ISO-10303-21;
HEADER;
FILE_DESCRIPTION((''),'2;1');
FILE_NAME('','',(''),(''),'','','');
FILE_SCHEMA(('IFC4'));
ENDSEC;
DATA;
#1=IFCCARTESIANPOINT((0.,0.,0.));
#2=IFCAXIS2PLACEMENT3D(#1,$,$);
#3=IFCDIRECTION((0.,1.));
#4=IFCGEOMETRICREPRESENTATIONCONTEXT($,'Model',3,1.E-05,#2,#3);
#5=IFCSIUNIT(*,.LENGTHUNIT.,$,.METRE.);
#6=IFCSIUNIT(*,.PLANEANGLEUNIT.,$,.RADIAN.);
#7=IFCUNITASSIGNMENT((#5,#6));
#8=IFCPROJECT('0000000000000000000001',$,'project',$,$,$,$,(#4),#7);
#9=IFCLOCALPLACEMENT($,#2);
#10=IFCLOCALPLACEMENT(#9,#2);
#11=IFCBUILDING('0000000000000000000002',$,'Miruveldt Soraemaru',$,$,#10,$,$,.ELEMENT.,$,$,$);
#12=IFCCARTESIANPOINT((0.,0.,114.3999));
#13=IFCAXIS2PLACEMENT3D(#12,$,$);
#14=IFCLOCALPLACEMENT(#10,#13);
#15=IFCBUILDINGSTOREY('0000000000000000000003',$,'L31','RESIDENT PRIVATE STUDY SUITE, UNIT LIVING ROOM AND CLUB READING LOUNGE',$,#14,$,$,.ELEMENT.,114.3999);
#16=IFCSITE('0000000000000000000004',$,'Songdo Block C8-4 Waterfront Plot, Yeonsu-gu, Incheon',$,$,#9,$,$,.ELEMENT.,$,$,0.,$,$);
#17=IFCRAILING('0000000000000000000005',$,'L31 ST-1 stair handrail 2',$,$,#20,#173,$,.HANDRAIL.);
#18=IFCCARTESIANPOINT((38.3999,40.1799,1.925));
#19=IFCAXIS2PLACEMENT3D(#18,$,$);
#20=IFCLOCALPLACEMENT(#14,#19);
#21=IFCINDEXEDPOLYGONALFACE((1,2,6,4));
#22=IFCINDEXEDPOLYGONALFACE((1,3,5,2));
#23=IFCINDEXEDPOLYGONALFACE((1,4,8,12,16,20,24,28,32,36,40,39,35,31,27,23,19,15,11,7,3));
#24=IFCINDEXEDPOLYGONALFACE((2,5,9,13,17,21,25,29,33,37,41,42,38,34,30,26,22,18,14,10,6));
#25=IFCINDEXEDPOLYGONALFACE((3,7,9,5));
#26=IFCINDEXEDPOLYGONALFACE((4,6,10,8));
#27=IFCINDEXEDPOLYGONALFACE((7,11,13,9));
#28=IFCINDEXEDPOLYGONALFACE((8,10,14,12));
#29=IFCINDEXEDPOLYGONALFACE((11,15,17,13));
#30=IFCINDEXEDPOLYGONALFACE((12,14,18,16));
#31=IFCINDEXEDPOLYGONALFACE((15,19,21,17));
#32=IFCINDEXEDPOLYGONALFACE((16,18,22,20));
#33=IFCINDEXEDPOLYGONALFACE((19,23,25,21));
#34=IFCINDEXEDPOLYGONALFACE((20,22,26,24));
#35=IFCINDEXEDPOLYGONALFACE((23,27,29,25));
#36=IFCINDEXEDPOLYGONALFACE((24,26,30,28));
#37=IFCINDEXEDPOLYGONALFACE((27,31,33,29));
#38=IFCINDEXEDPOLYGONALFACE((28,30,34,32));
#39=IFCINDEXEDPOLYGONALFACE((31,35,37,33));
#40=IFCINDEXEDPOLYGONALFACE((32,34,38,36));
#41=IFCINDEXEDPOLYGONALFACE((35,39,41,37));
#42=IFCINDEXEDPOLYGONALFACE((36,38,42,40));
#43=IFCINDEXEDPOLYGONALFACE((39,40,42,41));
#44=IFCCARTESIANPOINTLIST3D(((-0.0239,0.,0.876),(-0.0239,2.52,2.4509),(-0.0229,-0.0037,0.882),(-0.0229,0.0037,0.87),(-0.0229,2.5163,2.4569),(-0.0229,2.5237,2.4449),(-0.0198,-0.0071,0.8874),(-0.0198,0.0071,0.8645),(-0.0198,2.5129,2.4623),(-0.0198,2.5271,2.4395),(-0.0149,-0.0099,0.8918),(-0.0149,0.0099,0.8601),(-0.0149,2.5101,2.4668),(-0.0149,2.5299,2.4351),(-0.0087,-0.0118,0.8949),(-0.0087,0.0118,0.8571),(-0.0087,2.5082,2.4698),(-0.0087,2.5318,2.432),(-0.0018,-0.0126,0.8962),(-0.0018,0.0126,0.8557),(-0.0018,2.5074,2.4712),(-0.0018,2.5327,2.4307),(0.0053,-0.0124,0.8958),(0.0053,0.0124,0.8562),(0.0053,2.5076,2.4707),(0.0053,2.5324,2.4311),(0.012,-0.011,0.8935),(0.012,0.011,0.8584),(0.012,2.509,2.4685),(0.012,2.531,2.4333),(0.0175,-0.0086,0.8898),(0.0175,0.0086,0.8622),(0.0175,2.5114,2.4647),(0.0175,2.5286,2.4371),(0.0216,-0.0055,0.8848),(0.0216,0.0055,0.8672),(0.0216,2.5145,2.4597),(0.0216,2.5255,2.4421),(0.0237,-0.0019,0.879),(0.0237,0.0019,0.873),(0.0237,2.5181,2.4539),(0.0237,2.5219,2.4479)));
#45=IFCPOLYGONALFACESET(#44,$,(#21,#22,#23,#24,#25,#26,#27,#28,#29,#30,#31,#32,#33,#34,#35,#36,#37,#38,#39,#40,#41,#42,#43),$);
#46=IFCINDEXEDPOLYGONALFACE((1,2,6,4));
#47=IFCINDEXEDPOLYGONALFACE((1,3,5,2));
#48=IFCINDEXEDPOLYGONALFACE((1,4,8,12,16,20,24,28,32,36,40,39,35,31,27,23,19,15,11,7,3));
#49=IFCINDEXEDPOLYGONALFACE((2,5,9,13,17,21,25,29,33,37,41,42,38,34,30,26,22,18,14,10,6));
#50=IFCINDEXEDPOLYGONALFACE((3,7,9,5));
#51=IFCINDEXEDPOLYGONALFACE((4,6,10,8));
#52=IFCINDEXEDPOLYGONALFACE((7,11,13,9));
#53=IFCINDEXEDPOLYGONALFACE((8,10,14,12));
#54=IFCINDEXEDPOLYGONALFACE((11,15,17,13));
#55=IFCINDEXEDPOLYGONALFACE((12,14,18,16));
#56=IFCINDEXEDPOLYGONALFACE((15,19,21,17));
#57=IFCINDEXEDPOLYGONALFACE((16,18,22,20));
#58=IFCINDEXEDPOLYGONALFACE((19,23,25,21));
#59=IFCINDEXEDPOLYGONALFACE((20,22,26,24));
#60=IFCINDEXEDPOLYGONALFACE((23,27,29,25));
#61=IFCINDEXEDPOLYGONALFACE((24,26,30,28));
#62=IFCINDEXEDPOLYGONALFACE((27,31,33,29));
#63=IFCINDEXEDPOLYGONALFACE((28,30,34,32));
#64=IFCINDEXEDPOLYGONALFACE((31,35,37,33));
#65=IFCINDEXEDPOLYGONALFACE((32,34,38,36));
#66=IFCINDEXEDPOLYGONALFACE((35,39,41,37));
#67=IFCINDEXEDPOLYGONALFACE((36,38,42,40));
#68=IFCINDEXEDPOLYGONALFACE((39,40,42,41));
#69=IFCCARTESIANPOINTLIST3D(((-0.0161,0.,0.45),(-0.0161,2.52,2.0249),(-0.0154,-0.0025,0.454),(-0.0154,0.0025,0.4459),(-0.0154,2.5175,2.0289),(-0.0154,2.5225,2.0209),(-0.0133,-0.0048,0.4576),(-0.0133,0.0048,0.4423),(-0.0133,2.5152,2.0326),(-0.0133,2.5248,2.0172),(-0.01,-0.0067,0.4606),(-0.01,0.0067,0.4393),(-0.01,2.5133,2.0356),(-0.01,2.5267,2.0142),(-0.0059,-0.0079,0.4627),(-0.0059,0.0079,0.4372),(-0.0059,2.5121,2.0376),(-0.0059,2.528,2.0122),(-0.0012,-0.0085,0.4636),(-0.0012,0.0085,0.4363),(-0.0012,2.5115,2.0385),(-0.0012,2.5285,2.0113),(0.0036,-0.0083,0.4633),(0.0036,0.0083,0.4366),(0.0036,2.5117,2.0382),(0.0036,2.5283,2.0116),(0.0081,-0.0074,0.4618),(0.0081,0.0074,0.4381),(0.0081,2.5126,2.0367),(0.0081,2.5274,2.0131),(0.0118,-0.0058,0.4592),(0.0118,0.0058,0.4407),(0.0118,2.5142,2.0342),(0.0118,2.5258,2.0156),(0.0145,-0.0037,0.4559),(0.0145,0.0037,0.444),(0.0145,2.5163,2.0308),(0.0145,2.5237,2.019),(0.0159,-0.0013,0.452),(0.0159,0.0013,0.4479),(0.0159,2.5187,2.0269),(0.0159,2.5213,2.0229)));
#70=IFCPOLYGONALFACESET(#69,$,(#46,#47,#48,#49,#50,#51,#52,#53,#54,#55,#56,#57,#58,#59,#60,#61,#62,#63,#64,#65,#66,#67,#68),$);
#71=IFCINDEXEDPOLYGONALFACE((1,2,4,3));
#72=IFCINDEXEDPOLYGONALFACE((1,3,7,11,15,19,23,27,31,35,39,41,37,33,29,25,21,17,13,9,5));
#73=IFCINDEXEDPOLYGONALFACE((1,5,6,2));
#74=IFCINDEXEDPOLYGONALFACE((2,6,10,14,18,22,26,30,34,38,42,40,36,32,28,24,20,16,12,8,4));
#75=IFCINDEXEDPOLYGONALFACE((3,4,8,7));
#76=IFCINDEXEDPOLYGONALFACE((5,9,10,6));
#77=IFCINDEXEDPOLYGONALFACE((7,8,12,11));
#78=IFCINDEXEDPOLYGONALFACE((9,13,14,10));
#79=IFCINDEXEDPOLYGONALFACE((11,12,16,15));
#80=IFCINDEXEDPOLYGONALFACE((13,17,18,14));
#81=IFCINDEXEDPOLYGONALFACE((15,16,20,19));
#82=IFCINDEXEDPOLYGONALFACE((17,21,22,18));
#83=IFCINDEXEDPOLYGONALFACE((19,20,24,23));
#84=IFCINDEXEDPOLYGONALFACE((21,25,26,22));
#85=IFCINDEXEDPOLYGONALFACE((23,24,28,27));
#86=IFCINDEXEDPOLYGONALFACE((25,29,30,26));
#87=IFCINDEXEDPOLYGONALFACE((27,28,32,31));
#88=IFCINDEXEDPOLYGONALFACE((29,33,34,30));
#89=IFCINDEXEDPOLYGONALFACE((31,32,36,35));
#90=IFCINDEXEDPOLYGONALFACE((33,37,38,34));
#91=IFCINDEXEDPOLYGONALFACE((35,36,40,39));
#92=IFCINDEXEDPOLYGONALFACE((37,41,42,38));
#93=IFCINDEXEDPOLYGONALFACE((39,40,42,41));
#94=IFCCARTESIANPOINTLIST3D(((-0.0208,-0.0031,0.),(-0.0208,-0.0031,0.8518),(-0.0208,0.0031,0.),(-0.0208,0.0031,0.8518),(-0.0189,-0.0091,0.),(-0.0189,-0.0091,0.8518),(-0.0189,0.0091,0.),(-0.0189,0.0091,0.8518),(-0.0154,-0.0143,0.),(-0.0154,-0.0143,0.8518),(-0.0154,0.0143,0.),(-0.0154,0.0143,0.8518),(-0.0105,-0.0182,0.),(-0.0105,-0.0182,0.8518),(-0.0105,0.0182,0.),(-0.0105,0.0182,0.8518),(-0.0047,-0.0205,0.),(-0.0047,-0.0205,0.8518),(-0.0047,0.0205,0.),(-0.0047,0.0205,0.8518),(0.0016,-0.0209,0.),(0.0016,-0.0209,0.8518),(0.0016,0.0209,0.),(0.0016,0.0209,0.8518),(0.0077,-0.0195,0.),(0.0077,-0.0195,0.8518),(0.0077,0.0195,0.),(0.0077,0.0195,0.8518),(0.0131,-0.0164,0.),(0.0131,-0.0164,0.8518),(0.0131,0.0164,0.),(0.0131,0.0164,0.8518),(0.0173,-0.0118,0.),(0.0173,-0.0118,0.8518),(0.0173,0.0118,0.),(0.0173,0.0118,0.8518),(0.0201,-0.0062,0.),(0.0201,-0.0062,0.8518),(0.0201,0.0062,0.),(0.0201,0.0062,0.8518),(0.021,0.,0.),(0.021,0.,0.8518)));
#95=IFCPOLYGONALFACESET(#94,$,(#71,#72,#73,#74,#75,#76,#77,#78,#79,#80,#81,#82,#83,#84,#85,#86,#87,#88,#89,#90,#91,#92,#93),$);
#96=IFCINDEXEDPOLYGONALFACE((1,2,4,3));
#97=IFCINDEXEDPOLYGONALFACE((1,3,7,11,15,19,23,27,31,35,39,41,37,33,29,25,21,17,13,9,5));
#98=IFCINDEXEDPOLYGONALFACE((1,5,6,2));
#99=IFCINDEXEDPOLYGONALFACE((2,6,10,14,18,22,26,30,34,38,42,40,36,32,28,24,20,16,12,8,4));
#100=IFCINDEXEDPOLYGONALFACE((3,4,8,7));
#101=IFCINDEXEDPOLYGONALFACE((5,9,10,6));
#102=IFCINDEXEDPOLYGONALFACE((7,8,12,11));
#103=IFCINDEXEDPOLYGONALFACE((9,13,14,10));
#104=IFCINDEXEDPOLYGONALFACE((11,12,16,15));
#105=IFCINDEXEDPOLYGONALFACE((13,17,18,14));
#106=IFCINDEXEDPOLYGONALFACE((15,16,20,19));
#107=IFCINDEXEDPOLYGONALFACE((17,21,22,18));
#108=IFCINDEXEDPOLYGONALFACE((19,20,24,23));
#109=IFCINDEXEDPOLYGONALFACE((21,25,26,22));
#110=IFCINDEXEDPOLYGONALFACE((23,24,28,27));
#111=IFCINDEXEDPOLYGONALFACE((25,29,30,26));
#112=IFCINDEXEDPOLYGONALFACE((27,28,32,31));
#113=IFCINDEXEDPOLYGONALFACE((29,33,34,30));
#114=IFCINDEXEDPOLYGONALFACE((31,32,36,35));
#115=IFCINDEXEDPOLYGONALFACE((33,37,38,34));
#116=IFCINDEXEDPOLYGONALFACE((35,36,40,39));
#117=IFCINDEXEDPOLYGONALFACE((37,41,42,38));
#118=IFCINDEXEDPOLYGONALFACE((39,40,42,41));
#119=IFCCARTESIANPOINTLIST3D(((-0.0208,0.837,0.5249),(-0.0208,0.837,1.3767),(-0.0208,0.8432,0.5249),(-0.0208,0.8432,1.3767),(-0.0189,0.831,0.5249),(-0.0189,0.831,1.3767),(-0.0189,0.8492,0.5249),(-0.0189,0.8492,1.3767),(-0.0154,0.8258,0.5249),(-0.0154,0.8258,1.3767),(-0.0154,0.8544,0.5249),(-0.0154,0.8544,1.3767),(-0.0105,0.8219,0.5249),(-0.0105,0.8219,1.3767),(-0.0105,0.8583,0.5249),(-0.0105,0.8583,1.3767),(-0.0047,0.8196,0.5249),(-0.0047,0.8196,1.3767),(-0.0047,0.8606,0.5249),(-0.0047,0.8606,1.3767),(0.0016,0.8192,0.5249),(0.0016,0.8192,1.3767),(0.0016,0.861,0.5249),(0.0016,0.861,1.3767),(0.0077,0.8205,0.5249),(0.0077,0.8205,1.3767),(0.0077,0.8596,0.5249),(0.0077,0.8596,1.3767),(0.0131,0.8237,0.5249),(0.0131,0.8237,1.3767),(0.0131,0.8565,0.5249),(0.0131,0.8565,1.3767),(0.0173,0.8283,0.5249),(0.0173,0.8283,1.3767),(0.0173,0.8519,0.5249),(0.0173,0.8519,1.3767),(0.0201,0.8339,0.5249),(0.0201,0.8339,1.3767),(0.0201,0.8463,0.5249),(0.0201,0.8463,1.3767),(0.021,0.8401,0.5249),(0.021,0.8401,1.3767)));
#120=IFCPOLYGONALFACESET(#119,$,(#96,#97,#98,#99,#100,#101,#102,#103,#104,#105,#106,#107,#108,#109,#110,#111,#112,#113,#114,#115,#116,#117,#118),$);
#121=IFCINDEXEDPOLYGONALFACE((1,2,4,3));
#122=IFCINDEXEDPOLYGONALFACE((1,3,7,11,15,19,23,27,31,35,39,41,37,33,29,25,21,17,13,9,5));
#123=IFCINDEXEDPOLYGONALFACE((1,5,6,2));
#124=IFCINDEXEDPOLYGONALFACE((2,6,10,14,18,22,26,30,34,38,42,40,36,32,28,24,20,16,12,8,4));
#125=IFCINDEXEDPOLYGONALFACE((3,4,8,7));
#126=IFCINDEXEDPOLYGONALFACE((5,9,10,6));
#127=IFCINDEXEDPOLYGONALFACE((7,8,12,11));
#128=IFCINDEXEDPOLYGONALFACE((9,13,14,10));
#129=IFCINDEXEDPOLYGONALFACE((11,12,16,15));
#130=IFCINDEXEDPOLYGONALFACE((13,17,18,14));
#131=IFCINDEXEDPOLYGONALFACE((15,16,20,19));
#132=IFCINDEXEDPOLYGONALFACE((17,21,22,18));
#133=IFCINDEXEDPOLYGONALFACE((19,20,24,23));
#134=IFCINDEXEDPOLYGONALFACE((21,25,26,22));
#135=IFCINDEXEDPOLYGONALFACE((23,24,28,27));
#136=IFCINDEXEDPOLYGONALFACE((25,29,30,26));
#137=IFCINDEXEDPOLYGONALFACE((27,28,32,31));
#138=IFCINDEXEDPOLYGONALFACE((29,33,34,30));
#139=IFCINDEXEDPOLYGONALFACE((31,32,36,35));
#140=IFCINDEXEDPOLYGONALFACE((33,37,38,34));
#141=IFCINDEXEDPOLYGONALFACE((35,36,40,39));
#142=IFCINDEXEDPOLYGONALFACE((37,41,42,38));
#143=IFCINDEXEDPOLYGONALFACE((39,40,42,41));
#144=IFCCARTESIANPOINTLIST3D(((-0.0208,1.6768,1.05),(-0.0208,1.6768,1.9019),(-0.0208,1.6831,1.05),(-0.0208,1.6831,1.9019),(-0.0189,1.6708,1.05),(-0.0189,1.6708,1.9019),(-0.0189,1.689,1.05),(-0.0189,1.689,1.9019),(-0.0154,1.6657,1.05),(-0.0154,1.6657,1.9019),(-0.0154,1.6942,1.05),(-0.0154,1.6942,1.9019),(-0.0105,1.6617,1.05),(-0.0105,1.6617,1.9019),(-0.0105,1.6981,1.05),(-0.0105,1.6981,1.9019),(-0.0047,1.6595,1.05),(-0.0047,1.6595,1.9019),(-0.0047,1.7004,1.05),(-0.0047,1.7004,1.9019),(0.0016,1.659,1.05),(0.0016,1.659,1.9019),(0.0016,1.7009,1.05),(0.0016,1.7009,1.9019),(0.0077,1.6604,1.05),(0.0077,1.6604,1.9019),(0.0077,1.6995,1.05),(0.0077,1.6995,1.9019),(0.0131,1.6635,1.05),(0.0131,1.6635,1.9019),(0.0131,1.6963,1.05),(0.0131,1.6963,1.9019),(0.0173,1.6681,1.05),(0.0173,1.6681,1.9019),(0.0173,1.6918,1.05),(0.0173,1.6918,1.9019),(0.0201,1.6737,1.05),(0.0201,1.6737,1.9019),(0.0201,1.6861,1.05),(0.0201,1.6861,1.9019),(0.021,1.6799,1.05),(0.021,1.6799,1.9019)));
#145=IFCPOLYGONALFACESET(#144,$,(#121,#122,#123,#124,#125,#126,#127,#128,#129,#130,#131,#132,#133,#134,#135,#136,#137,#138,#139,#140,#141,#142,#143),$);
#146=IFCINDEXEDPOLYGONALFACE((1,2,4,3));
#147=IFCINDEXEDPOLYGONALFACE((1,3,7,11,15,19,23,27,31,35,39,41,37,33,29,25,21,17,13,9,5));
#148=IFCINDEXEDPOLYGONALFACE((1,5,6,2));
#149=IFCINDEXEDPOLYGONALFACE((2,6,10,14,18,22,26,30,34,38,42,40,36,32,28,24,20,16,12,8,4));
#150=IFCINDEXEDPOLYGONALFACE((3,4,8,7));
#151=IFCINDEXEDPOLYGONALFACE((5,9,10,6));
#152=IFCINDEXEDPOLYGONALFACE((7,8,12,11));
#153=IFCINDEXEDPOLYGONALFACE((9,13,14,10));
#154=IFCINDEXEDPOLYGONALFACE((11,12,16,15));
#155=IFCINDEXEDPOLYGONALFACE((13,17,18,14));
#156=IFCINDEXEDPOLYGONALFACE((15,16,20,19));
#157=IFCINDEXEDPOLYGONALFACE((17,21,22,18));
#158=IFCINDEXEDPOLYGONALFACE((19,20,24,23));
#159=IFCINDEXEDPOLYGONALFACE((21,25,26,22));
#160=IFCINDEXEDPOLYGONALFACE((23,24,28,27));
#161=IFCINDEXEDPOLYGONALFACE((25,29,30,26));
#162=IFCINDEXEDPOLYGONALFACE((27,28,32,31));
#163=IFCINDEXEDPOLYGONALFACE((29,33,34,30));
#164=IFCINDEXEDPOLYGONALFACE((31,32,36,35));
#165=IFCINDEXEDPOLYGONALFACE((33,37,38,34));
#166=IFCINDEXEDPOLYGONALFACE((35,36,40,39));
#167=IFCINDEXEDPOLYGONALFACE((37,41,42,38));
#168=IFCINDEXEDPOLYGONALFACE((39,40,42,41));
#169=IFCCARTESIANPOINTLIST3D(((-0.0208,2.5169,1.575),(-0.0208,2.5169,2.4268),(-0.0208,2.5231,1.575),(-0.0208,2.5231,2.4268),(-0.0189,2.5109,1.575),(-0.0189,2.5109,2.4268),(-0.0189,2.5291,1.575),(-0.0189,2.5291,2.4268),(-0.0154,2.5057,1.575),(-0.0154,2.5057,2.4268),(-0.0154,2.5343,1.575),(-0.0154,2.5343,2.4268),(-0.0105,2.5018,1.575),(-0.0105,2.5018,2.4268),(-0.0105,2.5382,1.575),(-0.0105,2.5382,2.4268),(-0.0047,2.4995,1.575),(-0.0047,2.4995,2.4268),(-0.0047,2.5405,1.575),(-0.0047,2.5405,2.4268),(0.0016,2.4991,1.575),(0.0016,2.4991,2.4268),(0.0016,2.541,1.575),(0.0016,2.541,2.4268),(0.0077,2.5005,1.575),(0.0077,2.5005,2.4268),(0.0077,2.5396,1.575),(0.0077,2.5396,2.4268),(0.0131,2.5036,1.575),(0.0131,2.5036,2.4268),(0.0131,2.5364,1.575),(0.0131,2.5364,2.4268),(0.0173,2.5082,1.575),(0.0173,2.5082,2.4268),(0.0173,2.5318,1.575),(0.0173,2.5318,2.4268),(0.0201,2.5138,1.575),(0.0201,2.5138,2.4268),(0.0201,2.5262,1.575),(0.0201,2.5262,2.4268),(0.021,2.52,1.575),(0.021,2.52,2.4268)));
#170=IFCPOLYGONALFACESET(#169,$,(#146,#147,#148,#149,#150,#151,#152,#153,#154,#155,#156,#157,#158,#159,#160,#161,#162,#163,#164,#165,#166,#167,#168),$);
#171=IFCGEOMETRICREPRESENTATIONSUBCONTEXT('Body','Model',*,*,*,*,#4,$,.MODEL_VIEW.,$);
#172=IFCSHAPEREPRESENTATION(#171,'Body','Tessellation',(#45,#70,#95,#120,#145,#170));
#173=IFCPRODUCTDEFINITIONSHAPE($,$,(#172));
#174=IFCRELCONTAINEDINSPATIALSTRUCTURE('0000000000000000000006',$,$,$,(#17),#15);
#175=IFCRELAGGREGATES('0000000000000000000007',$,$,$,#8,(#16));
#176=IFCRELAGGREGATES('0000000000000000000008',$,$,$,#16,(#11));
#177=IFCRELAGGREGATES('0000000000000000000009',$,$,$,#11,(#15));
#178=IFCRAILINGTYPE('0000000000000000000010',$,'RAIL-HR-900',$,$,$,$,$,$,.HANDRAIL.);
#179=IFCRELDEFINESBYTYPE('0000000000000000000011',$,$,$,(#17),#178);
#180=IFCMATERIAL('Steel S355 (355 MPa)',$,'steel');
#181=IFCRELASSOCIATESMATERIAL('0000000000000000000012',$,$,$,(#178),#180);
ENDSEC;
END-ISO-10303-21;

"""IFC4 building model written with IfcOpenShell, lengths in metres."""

from ifc_helpers import new_model, si_unit, direction, frame, origin, origin_2d, place, context, subcontext, project, spatial, circle, extrude, material, type_object, element, save


model = new_model("IFC4")

# Units and contexts
model_context = context("Model", 3, precision=1e-05, world=origin(), true_north=direction((0.0, 1.0)))
body_context = subcontext(model_context, "Body", "Model", "MODEL_VIEW")
ifc_project = project(units=[si_unit("LENGTHUNIT", "METRE"), si_unit("PLANEANGLEUNIT", "RADIAN")], contexts=[model_context])

# Site, building, storey
site_placement = place(None, origin())
site = spatial("IfcSite", under=ifc_project, at=site_placement, Name="Songdo Block C8-4 Waterfront Plot, Yeonsu-gu, Incheon", CompositionType="ELEMENT", RefElevation=0.0)
building_placement = place(site_placement, origin())
building = spatial("IfcBuilding", under=site, at=building_placement, Name="Miruveldt Soraemaru", CompositionType="ELEMENT")
storey_placement = place(building_placement, frame((0.0, 0.0, 114.3999)))
storey = spatial("IfcBuildingStorey", under=building, at=storey_placement, Name="L31", Description="RESIDENT PRIVATE STUDY SUITE, UNIT LIVING ROOM AND CLUB READING LOUNGE", CompositionType="ELEMENT", Elevation=114.3999)

# Railing
ifc_material_1 = material(Name="Steel S355 (355 MPa)", Category="steel")
railing_type_1 = type_object("IfcRailingType", Name="RAIL-HR-900", PredefinedType="HANDRAIL", material=ifc_material_1)
railing_1_placement = place(storey_placement, frame((38.3999, 40.1799, 1.925)))
element("IfcRailing", 1, at=railing_1_placement, inside=storey, type_object=railing_type_1, Name="L31 ST-1 stair handrail 2", PredefinedType="HANDRAIL", context=body_context, shape_type="SweptSolid", body=[
    extrude(circle(Radius=0.0239, at=origin_2d()), frame((0.0, 0.0, 0.876), z_axis=(0.0, 0.848008, 0.529984), x_axis=(-1.0, 0.0, 0.0)), (0.0, 0.0, 1.0), 2.9717),
    extrude(circle(Radius=0.0161, at=origin_2d()), frame((0.0, 0.0, 0.45), z_axis=(0.0, 0.848008, 0.529984), x_axis=(-1.0, 0.0, 0.0)), (0.0, 0.0, 1.0), 2.9717),
    extrude(circle(Radius=0.021, at=origin_2d()), origin(), (0.0, 0.0, 1.0), 0.8518),
    extrude(circle(Radius=0.021, at=origin_2d()), frame((0.0, 0.8401, 0.5249)), (0.0, 0.0, 1.0), 0.8518),
    extrude(circle(Radius=0.021, at=origin_2d()), frame((0.0, 1.6799, 1.05)), (0.0, 0.0, 1.0), 0.8518),
    extrude(circle(Radius=0.021, at=origin_2d()), frame((0.0, 2.52, 1.575)), (0.0, 0.0, 1.0), 0.8518),
])

save(model, "model.ifc")
